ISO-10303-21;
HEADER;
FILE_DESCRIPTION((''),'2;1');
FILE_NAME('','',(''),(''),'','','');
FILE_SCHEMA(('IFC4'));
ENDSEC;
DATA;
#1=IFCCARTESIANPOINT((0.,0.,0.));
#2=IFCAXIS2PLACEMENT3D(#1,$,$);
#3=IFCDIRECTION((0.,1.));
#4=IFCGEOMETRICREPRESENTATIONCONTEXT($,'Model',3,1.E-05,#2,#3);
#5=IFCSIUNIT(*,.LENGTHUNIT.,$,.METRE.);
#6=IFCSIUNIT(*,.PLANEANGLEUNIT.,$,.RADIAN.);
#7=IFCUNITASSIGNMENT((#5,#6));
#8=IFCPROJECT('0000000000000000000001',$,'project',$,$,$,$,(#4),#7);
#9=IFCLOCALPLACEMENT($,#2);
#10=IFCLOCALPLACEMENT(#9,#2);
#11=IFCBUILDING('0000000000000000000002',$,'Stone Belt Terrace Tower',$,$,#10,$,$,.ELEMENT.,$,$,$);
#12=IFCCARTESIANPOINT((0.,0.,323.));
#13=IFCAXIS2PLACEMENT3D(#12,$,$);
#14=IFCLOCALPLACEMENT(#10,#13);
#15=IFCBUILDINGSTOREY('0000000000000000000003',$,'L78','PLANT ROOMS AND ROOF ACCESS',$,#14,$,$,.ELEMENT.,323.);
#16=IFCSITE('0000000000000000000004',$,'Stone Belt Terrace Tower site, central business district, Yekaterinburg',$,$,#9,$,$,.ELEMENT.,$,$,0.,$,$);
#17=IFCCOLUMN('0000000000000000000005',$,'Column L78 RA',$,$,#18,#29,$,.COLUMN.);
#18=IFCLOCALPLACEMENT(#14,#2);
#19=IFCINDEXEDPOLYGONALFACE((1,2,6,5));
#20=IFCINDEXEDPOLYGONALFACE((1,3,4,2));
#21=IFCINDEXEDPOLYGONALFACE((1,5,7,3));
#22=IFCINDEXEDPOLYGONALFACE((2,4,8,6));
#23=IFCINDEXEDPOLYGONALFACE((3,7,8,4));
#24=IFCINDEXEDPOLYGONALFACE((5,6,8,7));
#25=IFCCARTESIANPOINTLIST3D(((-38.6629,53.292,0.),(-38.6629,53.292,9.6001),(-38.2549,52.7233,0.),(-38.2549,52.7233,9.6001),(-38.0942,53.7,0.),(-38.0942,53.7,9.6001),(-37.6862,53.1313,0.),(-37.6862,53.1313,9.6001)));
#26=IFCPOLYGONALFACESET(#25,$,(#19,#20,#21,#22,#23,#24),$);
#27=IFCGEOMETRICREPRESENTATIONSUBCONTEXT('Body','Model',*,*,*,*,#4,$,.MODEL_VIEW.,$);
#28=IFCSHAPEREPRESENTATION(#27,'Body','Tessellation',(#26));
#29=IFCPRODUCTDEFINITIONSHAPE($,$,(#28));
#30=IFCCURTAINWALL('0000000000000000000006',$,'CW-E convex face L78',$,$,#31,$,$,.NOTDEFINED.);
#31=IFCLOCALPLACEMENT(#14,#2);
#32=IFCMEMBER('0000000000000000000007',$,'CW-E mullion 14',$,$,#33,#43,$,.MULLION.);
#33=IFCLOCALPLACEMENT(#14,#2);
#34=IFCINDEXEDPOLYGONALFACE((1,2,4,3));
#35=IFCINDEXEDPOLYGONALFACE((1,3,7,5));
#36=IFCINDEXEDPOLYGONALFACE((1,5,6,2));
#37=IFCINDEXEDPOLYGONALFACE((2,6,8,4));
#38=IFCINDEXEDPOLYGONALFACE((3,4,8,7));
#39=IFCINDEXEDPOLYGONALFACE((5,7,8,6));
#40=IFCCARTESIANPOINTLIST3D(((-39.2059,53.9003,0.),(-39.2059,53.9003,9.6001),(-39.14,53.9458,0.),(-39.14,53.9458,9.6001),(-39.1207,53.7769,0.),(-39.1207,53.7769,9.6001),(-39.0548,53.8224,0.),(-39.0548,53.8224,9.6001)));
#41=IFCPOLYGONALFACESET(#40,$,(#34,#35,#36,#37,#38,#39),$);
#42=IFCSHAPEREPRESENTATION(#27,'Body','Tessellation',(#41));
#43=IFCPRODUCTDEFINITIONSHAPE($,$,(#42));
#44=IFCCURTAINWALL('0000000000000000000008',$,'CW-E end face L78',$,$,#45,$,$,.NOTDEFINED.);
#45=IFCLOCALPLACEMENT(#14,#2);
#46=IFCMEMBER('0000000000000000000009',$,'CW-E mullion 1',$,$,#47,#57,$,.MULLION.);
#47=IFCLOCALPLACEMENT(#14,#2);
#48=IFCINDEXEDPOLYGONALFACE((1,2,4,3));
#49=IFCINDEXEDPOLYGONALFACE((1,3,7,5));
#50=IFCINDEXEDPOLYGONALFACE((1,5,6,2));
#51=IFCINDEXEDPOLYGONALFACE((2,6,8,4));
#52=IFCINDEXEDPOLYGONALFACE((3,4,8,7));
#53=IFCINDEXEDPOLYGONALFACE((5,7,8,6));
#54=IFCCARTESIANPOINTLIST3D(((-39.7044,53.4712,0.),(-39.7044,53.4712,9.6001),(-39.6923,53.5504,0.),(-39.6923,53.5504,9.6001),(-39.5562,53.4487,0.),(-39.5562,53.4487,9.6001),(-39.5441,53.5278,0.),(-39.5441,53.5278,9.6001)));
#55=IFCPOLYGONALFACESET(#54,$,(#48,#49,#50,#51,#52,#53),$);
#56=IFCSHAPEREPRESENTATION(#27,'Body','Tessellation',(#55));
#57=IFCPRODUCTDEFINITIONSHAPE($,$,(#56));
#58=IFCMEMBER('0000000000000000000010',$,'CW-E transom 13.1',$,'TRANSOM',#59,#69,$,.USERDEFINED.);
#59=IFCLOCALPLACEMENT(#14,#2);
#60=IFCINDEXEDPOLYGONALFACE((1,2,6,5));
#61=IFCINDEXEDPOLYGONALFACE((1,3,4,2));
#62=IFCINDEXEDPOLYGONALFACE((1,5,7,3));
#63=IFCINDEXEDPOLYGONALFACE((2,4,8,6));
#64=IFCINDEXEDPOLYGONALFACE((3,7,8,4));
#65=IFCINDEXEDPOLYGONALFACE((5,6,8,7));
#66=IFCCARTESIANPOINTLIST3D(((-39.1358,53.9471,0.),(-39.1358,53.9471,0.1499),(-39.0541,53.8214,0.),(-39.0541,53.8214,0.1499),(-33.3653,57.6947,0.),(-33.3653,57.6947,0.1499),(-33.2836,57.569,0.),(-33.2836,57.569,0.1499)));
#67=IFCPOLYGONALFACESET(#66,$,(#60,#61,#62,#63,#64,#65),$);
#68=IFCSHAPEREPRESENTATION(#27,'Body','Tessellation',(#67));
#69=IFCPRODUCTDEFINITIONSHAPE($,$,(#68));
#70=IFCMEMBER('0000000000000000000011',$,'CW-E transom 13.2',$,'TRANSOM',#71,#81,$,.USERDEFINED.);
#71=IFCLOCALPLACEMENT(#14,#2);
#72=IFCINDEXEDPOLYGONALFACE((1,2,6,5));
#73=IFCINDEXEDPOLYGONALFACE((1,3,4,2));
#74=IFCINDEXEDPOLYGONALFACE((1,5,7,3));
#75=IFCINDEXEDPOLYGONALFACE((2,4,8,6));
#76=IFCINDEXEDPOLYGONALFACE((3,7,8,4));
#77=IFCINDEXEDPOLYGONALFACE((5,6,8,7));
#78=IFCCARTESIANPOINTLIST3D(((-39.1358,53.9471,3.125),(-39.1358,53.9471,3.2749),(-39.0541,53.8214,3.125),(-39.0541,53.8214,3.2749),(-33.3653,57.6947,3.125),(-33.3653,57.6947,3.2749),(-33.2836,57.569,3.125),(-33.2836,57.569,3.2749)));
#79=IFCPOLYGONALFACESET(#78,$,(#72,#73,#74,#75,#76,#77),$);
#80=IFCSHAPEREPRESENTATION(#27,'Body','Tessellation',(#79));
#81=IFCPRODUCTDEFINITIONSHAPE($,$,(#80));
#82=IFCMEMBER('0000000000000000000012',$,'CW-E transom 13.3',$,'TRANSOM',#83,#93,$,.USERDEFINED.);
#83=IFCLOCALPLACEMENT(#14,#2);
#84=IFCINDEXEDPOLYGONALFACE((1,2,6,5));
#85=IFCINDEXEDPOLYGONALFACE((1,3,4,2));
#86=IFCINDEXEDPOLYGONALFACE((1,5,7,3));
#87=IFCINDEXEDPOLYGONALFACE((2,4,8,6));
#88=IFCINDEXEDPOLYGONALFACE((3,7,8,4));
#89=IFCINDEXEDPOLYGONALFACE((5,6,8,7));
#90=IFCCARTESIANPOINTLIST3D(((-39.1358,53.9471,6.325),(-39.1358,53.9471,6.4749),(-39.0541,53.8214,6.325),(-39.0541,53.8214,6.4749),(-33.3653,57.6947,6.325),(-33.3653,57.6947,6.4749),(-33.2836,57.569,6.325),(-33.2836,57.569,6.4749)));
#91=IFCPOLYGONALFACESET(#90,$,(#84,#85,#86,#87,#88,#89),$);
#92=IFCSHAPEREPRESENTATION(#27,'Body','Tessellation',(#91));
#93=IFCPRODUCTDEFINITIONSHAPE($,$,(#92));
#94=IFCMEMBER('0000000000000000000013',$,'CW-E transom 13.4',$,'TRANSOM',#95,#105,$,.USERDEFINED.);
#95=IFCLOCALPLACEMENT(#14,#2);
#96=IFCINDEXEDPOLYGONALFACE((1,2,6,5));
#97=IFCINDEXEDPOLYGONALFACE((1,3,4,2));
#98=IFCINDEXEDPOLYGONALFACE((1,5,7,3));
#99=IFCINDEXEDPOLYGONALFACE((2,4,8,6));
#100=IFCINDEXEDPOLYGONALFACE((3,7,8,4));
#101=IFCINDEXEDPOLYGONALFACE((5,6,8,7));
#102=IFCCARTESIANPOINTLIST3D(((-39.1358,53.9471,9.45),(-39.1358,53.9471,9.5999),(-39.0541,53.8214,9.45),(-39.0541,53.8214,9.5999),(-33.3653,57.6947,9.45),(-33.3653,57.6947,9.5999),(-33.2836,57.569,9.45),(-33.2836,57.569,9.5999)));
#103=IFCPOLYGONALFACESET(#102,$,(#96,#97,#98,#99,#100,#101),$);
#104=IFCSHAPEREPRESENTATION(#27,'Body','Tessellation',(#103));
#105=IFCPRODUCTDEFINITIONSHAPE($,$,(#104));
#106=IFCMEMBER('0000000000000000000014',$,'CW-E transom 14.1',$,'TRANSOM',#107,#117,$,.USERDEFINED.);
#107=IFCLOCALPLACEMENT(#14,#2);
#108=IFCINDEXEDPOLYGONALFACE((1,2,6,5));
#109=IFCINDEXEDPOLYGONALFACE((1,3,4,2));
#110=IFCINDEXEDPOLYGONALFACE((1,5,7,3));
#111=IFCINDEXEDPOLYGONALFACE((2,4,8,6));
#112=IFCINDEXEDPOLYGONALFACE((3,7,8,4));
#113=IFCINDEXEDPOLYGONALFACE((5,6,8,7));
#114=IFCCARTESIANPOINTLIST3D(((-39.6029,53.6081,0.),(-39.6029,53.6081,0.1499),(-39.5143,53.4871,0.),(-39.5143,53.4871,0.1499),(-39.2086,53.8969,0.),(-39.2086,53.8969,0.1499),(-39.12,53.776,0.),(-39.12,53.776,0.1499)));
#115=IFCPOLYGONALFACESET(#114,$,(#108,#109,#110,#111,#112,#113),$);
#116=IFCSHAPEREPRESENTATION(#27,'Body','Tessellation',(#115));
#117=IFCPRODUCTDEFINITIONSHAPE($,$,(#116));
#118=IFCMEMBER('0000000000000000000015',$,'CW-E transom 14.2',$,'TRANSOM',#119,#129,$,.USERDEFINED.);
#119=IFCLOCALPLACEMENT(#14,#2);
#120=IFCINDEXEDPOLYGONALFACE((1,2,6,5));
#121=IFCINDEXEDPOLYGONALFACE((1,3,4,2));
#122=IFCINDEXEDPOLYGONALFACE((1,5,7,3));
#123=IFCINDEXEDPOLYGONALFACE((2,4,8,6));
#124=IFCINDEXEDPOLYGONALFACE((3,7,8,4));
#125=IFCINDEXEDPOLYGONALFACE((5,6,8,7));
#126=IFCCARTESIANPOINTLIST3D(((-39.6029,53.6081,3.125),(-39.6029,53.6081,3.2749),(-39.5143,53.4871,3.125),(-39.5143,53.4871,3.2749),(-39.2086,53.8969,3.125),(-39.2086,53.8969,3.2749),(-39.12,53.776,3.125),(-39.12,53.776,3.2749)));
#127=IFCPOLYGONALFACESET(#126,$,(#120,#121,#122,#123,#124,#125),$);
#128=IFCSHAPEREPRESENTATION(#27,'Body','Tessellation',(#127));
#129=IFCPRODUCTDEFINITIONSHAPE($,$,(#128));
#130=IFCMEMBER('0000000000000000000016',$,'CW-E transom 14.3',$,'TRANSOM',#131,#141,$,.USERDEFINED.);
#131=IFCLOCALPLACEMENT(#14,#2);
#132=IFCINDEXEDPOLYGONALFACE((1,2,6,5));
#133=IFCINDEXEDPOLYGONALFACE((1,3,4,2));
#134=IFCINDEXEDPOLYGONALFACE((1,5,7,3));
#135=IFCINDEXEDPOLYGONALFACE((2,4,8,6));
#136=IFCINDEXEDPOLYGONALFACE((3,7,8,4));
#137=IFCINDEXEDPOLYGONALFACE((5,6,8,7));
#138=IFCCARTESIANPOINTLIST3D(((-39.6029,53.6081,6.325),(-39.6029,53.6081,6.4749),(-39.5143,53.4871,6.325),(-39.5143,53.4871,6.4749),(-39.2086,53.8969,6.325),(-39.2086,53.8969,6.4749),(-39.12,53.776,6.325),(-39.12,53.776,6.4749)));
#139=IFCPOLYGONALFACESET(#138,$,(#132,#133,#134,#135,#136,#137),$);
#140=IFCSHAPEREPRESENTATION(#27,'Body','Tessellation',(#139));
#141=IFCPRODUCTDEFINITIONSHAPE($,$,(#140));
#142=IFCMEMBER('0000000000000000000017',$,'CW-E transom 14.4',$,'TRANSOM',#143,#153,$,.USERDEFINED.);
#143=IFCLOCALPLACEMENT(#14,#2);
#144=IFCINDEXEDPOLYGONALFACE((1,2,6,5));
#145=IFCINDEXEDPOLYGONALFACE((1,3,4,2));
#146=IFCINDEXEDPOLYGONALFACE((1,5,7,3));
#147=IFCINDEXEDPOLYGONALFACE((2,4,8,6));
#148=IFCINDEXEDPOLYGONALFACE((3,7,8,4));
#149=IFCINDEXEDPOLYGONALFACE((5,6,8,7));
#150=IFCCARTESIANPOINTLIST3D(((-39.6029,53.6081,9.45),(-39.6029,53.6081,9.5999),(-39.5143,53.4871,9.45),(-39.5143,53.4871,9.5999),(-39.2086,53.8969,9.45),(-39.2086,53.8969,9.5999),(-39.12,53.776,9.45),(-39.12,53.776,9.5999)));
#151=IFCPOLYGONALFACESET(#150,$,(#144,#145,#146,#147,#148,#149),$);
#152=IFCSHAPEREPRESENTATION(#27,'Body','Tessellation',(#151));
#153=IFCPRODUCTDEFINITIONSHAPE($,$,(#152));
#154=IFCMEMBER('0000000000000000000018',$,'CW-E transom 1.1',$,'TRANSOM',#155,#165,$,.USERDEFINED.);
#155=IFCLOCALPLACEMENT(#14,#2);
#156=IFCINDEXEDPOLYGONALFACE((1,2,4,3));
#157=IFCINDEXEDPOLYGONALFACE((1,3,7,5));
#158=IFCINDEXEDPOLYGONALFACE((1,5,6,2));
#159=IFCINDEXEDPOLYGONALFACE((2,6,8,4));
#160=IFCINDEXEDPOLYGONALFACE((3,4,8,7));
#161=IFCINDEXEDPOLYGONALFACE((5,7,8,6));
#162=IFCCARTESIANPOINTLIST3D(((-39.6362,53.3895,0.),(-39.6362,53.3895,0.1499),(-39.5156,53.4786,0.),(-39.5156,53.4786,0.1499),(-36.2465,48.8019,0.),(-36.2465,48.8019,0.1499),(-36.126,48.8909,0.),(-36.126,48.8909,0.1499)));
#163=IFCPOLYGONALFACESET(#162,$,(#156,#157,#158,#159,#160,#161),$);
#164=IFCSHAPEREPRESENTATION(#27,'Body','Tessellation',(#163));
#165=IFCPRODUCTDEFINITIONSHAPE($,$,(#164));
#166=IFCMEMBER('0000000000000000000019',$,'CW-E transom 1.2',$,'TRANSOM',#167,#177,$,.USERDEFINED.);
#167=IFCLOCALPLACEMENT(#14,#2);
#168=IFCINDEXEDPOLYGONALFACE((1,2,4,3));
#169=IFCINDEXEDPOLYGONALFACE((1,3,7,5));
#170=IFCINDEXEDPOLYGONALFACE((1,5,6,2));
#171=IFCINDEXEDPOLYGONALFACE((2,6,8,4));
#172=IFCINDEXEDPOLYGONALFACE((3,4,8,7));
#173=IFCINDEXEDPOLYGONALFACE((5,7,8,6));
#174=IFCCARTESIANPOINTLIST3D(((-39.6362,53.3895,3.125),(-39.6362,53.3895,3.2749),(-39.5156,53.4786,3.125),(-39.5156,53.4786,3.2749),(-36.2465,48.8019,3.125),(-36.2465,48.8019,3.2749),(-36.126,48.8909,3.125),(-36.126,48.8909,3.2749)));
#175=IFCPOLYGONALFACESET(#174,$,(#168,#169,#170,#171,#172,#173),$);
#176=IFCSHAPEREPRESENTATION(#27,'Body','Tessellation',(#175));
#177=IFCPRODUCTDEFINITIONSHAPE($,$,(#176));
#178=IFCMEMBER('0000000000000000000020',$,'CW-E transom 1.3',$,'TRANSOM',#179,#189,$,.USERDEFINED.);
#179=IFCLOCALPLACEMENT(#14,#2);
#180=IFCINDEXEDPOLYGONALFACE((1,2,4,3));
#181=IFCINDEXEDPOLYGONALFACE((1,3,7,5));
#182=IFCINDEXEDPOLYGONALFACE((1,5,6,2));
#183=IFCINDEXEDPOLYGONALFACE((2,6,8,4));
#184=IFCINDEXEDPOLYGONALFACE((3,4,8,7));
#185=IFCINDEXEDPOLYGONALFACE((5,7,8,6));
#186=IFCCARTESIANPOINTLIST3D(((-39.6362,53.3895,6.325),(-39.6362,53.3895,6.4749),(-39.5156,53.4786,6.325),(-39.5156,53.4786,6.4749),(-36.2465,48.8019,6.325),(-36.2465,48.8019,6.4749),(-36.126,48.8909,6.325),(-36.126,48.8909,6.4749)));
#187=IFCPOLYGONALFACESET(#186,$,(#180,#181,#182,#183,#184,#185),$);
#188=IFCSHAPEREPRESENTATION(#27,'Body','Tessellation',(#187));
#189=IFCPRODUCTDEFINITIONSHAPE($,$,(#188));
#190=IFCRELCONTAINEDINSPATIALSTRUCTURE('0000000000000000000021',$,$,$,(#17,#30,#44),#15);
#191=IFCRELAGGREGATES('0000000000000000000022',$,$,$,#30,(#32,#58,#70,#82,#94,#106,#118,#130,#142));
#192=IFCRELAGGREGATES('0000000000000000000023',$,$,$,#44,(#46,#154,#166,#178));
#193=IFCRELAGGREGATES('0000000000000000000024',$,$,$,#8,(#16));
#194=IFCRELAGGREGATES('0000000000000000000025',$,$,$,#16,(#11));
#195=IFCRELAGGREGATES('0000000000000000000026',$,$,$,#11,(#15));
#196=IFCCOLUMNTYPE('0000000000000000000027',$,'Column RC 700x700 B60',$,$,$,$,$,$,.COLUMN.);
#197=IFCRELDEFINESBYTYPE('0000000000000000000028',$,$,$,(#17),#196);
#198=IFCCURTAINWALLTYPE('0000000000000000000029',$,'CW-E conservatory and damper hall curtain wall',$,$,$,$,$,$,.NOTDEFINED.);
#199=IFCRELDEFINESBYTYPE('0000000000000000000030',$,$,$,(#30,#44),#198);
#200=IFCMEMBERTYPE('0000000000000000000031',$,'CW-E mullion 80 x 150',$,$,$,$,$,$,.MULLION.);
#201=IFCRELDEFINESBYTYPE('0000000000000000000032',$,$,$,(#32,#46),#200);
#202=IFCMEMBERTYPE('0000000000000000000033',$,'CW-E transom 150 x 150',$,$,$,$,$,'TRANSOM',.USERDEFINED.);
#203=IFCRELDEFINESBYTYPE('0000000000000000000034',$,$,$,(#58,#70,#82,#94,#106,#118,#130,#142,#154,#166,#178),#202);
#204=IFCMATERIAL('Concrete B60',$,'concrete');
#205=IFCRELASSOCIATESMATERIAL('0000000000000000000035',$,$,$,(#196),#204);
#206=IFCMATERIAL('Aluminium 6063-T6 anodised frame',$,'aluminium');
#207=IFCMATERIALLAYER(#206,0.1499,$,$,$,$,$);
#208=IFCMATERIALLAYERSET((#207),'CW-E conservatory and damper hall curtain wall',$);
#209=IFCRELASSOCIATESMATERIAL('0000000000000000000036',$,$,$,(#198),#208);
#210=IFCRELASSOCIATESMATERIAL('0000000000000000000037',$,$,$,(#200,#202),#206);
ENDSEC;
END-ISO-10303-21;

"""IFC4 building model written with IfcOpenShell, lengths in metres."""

from ifc_helpers import new_model, si_unit, direction, frame, origin, origin_2d, place, context, subcontext, project, spatial, rectangle, extrude, material, layer, layer_set, material_profile, profile_set, type_object, element, aggregate, save


model = new_model("IFC4")

# Units and contexts
model_context = context("Model", 3, precision=1e-05, world=origin(), true_north=direction((0.0, 1.0)))
body_context = subcontext(model_context, "Body", "Model", "MODEL_VIEW")
ifc_project = project(units=[si_unit("LENGTHUNIT", "METRE"), si_unit("PLANEANGLEUNIT", "RADIAN")], contexts=[model_context])

# Site, building, storey
site_placement = place(None, origin())
site = spatial("IfcSite", under=ifc_project, at=site_placement, Name="Stone Belt Terrace Tower site, central business district, Yekaterinburg", CompositionType="ELEMENT", RefElevation=0.0)
building_placement = place(site_placement, origin())
building = spatial("IfcBuilding", under=site, at=building_placement, Name="Stone Belt Terrace Tower", CompositionType="ELEMENT")
storey_placement = place(building_placement, frame((0.0, 0.0, 323.0)))
storey = spatial("IfcBuildingStorey", under=building, at=storey_placement, Name="L78", Description="PLANT ROOMS AND ROOF ACCESS", CompositionType="ELEMENT", Elevation=323.0)

# Column
ifc_material_1 = material(Name="Concrete B60", Category="concrete")
ifc_material_profile_1 = material_profile(ifc_material_1, rectangle(XDim=0.7, YDim=0.7, at=origin_2d()), Name="RC 700x700")
ifc_profile_set_1 = profile_set([ifc_material_profile_1], Name="Concrete B60")
column_type = type_object("IfcColumnType", Name="Column RC 700x700 B60", PredefinedType="COLUMN", material=ifc_profile_set_1)
column_placement = place(storey_placement, frame((-38.1746, 53.2117, 0.0), z_axis=(0.0, 0.0, 1.0), x_axis=(0.812531, 0.582917, 0.0)))
element("IfcColumn", 1, at=column_placement, inside=storey, type_object=column_type, Name="Column L78 RA", PredefinedType="COLUMN", context=body_context, shape_type="SweptSolid", body=[
    extrude(rectangle(XDim=0.7, YDim=0.7, at=origin_2d()), origin(), (0.0, 0.0, 1.0), 9.6001),
])

# Curtain walls, members
ifc_material_2 = material(Name="Aluminium 6063-T6 anodised frame", Category="aluminium")
ifc_layer_1 = layer(ifc_material_2, 0.1499)
ifc_layer_set_1 = layer_set([ifc_layer_1], Name="CW-E conservatory and damper hall curtain wall")
curtain_wall_type = type_object("IfcCurtainWallType", Name="CW-E conservatory and damper hall curtain wall", PredefinedType="NOTDEFINED", material=ifc_layer_set_1)
curtain_wall_1_placement = place(storey_placement, origin())
curtain_wall_1 = element("IfcCurtainWall", 2, at=curtain_wall_1_placement, inside=storey, type_object=curtain_wall_type, Name="CW-E convex face L78", PredefinedType="NOTDEFINED")
ifc_material_profile_2 = material_profile(ifc_material_2, rectangle(XDim=0.1499, YDim=0.0801, at=origin_2d()), Name="Aluminium 6063-T6 80x150")
ifc_profile_set_2 = profile_set([ifc_material_profile_2], Name="Aluminium 6063-T6 anodised frame")
member_type_1 = type_object("IfcMemberType", Name="CW-E mullion 80 x 150", PredefinedType="MULLION", material=ifc_profile_set_2)
member_1_placement = place(storey_placement, frame((-39.1304, 53.8613, 0.0), z_axis=(0.0, 0.0, 1.0), x_axis=(0.568063, -0.822985, 0.0)))
member_1 = element("IfcMember", 3, at=member_1_placement, type_object=member_type_1, Name="CW-E mullion 14", PredefinedType="MULLION", context=body_context, shape_type="SweptSolid", body=[
    extrude(rectangle(XDim=0.1499, YDim=0.0801, at=origin_2d()), origin(), (0.0, 0.0, 1.0), 9.6001),
])
curtain_wall_2_placement = place(storey_placement, origin())
curtain_wall_2 = element("IfcCurtainWall", 4, at=curtain_wall_2_placement, inside=storey, type_object=curtain_wall_type, Name="CW-E end face L78", PredefinedType="NOTDEFINED")
member_2_placement = place(storey_placement, frame((-39.6243, 53.4995, 0.0), z_axis=(0.0, 0.0, 1.0), x_axis=(0.988614, -0.150472, 0.0)))
member_2 = element("IfcMember", 5, at=member_2_placement, type_object=member_type_1, Name="CW-E mullion 1", PredefinedType="MULLION", context=body_context, shape_type="SweptSolid", body=[
    extrude(rectangle(XDim=0.1499, YDim=0.0801, at=origin_2d()), origin(), (0.0, 0.0, 1.0), 9.6001),
])

# Members
ifc_material_profile_3 = material_profile(ifc_material_2, rectangle(XDim=0.1499, YDim=0.1499, at=origin_2d()), Name="Aluminium 6063-T6 150x150")
ifc_profile_set_3 = profile_set([ifc_material_profile_3], Name="Aluminium 6063-T6 anodised frame")
member_type_2 = type_object("IfcMemberType", Name="CW-E transom 150 x 150", ElementType="TRANSOM", PredefinedType="USERDEFINED", material=ifc_profile_set_3)
member_3_placement = place(storey_placement, frame((-33.3245, 57.6318, 0.075), z_axis=(-0.838661, -0.544654, 0.0), x_axis=(0.544654, -0.838661, 0.0)))
member_3 = element("IfcMember", 6, at=member_3_placement, type_object=member_type_2, Name="CW-E transom 13.1", ObjectType="TRANSOM", PredefinedType="USERDEFINED", context=body_context, shape_type="SweptSolid", body=[
    extrude(rectangle(XDim=0.1499, YDim=0.1499, at=origin_2d()), origin(), (0.0, 0.0, 1.0), 6.8806),
])
member_4_placement = place(storey_placement, frame((-33.3245, 57.6318, 3.2), z_axis=(-0.838661, -0.544654, 0.0), x_axis=(0.544654, -0.838661, 0.0)))
member_4 = element("IfcMember", 7, at=member_4_placement, type_object=member_type_2, Name="CW-E transom 13.2", ObjectType="TRANSOM", PredefinedType="USERDEFINED", context=body_context, shape_type="SweptSolid", body=[
    extrude(rectangle(XDim=0.1499, YDim=0.1499, at=origin_2d()), origin(), (0.0, 0.0, 1.0), 6.8806),
])
member_5_placement = place(storey_placement, frame((-33.3245, 57.6318, 6.3999), z_axis=(-0.838661, -0.544654, 0.0), x_axis=(0.544654, -0.838661, 0.0)))
member_5 = element("IfcMember", 8, at=member_5_placement, type_object=member_type_2, Name="CW-E transom 13.3", ObjectType="TRANSOM", PredefinedType="USERDEFINED", context=body_context, shape_type="SweptSolid", body=[
    extrude(rectangle(XDim=0.1499, YDim=0.1499, at=origin_2d()), origin(), (0.0, 0.0, 1.0), 6.8806),
])
member_6_placement = place(storey_placement, frame((-33.3245, 57.6318, 9.5249), z_axis=(-0.838661, -0.544654, 0.0), x_axis=(0.544654, -0.838661, 0.0)))
member_6 = element("IfcMember", 9, at=member_6_placement, type_object=member_type_2, Name="CW-E transom 13.4", ObjectType="TRANSOM", PredefinedType="USERDEFINED", context=body_context, shape_type="SweptSolid", body=[
    extrude(rectangle(XDim=0.1499, YDim=0.1499, at=origin_2d()), origin(), (0.0, 0.0, 1.0), 6.8806),
])
member_7_placement = place(storey_placement, frame((-39.1643, 53.8364, 0.075), z_axis=(-0.806722, -0.59093, 0.0), x_axis=(0.59093, -0.806722, 0.0)))
member_7 = element("IfcMember", 10, at=member_7_placement, type_object=member_type_2, Name="CW-E transom 14.1", ObjectType="TRANSOM", PredefinedType="USERDEFINED", context=body_context, shape_type="SweptSolid", body=[
    extrude(rectangle(XDim=0.1499, YDim=0.1499, at=origin_2d()), origin(), (0.0, 0.0, 1.0), 0.4888),
])
member_8_placement = place(storey_placement, frame((-39.1643, 53.8364, 3.2), z_axis=(-0.806722, -0.59093, 0.0), x_axis=(0.59093, -0.806722, 0.0)))
member_8 = element("IfcMember", 11, at=member_8_placement, type_object=member_type_2, Name="CW-E transom 14.2", ObjectType="TRANSOM", PredefinedType="USERDEFINED", context=body_context, shape_type="SweptSolid", body=[
    extrude(rectangle(XDim=0.1499, YDim=0.1499, at=origin_2d()), origin(), (0.0, 0.0, 1.0), 0.4888),
])
member_9_placement = place(storey_placement, frame((-39.1643, 53.8364, 6.3999), z_axis=(-0.806722, -0.59093, 0.0), x_axis=(0.59093, -0.806722, 0.0)))
member_9 = element("IfcMember", 12, at=member_9_placement, type_object=member_type_2, Name="CW-E transom 14.3", ObjectType="TRANSOM", PredefinedType="USERDEFINED", context=body_context, shape_type="SweptSolid", body=[
    extrude(rectangle(XDim=0.1499, YDim=0.1499, at=origin_2d()), origin(), (0.0, 0.0, 1.0), 0.4888),
])
member_10_placement = place(storey_placement, frame((-39.1643, 53.8364, 9.5249), z_axis=(-0.806722, -0.59093, 0.0), x_axis=(0.59093, -0.806722, 0.0)))
member_10 = element("IfcMember", 13, at=member_10_placement, type_object=member_type_2, Name="CW-E transom 14.4", ObjectType="TRANSOM", PredefinedType="USERDEFINED", context=body_context, shape_type="SweptSolid", body=[
    extrude(rectangle(XDim=0.1499, YDim=0.1499, at=origin_2d()), origin(), (0.0, 0.0, 1.0), 0.4888),
])
member_11_placement = place(storey_placement, frame((-39.5759, 53.4341, 0.075), z_axis=(0.594253, -0.804278, 0.0), x_axis=(0.804278, 0.594253, 0.0)))
member_11 = element("IfcMember", 14, at=member_11_placement, type_object=member_type_2, Name="CW-E transom 1.1", ObjectType="TRANSOM", PredefinedType="USERDEFINED", context=body_context, shape_type="SweptSolid", body=[
    extrude(rectangle(XDim=0.1499, YDim=0.1499, at=origin_2d()), origin(), (0.0, 0.0, 1.0), 5.7041),
])
member_12_placement = place(storey_placement, frame((-39.5759, 53.4341, 3.2), z_axis=(0.594253, -0.804278, 0.0), x_axis=(0.804278, 0.594253, 0.0)))
member_12 = element("IfcMember", 15, at=member_12_placement, type_object=member_type_2, Name="CW-E transom 1.2", ObjectType="TRANSOM", PredefinedType="USERDEFINED", context=body_context, shape_type="SweptSolid", body=[
    extrude(rectangle(XDim=0.1499, YDim=0.1499, at=origin_2d()), origin(), (0.0, 0.0, 1.0), 5.7041),
])
member_13_placement = place(storey_placement, frame((-39.5759, 53.4341, 6.3999), z_axis=(0.594253, -0.804278, 0.0), x_axis=(0.804278, 0.594253, 0.0)))
member_13 = element("IfcMember", 16, at=member_13_placement, type_object=member_type_2, Name="CW-E transom 1.3", ObjectType="TRANSOM", PredefinedType="USERDEFINED", context=body_context, shape_type="SweptSolid", body=[
    extrude(rectangle(XDim=0.1499, YDim=0.1499, at=origin_2d()), origin(), (0.0, 0.0, 1.0), 5.7041),
])

aggregate(curtain_wall_1, [member_1, member_3, member_4, member_5, member_6, member_7, member_8, member_9, member_10])
aggregate(curtain_wall_2, [member_2, member_11, member_12, member_13])

save(model, "model.ifc")
